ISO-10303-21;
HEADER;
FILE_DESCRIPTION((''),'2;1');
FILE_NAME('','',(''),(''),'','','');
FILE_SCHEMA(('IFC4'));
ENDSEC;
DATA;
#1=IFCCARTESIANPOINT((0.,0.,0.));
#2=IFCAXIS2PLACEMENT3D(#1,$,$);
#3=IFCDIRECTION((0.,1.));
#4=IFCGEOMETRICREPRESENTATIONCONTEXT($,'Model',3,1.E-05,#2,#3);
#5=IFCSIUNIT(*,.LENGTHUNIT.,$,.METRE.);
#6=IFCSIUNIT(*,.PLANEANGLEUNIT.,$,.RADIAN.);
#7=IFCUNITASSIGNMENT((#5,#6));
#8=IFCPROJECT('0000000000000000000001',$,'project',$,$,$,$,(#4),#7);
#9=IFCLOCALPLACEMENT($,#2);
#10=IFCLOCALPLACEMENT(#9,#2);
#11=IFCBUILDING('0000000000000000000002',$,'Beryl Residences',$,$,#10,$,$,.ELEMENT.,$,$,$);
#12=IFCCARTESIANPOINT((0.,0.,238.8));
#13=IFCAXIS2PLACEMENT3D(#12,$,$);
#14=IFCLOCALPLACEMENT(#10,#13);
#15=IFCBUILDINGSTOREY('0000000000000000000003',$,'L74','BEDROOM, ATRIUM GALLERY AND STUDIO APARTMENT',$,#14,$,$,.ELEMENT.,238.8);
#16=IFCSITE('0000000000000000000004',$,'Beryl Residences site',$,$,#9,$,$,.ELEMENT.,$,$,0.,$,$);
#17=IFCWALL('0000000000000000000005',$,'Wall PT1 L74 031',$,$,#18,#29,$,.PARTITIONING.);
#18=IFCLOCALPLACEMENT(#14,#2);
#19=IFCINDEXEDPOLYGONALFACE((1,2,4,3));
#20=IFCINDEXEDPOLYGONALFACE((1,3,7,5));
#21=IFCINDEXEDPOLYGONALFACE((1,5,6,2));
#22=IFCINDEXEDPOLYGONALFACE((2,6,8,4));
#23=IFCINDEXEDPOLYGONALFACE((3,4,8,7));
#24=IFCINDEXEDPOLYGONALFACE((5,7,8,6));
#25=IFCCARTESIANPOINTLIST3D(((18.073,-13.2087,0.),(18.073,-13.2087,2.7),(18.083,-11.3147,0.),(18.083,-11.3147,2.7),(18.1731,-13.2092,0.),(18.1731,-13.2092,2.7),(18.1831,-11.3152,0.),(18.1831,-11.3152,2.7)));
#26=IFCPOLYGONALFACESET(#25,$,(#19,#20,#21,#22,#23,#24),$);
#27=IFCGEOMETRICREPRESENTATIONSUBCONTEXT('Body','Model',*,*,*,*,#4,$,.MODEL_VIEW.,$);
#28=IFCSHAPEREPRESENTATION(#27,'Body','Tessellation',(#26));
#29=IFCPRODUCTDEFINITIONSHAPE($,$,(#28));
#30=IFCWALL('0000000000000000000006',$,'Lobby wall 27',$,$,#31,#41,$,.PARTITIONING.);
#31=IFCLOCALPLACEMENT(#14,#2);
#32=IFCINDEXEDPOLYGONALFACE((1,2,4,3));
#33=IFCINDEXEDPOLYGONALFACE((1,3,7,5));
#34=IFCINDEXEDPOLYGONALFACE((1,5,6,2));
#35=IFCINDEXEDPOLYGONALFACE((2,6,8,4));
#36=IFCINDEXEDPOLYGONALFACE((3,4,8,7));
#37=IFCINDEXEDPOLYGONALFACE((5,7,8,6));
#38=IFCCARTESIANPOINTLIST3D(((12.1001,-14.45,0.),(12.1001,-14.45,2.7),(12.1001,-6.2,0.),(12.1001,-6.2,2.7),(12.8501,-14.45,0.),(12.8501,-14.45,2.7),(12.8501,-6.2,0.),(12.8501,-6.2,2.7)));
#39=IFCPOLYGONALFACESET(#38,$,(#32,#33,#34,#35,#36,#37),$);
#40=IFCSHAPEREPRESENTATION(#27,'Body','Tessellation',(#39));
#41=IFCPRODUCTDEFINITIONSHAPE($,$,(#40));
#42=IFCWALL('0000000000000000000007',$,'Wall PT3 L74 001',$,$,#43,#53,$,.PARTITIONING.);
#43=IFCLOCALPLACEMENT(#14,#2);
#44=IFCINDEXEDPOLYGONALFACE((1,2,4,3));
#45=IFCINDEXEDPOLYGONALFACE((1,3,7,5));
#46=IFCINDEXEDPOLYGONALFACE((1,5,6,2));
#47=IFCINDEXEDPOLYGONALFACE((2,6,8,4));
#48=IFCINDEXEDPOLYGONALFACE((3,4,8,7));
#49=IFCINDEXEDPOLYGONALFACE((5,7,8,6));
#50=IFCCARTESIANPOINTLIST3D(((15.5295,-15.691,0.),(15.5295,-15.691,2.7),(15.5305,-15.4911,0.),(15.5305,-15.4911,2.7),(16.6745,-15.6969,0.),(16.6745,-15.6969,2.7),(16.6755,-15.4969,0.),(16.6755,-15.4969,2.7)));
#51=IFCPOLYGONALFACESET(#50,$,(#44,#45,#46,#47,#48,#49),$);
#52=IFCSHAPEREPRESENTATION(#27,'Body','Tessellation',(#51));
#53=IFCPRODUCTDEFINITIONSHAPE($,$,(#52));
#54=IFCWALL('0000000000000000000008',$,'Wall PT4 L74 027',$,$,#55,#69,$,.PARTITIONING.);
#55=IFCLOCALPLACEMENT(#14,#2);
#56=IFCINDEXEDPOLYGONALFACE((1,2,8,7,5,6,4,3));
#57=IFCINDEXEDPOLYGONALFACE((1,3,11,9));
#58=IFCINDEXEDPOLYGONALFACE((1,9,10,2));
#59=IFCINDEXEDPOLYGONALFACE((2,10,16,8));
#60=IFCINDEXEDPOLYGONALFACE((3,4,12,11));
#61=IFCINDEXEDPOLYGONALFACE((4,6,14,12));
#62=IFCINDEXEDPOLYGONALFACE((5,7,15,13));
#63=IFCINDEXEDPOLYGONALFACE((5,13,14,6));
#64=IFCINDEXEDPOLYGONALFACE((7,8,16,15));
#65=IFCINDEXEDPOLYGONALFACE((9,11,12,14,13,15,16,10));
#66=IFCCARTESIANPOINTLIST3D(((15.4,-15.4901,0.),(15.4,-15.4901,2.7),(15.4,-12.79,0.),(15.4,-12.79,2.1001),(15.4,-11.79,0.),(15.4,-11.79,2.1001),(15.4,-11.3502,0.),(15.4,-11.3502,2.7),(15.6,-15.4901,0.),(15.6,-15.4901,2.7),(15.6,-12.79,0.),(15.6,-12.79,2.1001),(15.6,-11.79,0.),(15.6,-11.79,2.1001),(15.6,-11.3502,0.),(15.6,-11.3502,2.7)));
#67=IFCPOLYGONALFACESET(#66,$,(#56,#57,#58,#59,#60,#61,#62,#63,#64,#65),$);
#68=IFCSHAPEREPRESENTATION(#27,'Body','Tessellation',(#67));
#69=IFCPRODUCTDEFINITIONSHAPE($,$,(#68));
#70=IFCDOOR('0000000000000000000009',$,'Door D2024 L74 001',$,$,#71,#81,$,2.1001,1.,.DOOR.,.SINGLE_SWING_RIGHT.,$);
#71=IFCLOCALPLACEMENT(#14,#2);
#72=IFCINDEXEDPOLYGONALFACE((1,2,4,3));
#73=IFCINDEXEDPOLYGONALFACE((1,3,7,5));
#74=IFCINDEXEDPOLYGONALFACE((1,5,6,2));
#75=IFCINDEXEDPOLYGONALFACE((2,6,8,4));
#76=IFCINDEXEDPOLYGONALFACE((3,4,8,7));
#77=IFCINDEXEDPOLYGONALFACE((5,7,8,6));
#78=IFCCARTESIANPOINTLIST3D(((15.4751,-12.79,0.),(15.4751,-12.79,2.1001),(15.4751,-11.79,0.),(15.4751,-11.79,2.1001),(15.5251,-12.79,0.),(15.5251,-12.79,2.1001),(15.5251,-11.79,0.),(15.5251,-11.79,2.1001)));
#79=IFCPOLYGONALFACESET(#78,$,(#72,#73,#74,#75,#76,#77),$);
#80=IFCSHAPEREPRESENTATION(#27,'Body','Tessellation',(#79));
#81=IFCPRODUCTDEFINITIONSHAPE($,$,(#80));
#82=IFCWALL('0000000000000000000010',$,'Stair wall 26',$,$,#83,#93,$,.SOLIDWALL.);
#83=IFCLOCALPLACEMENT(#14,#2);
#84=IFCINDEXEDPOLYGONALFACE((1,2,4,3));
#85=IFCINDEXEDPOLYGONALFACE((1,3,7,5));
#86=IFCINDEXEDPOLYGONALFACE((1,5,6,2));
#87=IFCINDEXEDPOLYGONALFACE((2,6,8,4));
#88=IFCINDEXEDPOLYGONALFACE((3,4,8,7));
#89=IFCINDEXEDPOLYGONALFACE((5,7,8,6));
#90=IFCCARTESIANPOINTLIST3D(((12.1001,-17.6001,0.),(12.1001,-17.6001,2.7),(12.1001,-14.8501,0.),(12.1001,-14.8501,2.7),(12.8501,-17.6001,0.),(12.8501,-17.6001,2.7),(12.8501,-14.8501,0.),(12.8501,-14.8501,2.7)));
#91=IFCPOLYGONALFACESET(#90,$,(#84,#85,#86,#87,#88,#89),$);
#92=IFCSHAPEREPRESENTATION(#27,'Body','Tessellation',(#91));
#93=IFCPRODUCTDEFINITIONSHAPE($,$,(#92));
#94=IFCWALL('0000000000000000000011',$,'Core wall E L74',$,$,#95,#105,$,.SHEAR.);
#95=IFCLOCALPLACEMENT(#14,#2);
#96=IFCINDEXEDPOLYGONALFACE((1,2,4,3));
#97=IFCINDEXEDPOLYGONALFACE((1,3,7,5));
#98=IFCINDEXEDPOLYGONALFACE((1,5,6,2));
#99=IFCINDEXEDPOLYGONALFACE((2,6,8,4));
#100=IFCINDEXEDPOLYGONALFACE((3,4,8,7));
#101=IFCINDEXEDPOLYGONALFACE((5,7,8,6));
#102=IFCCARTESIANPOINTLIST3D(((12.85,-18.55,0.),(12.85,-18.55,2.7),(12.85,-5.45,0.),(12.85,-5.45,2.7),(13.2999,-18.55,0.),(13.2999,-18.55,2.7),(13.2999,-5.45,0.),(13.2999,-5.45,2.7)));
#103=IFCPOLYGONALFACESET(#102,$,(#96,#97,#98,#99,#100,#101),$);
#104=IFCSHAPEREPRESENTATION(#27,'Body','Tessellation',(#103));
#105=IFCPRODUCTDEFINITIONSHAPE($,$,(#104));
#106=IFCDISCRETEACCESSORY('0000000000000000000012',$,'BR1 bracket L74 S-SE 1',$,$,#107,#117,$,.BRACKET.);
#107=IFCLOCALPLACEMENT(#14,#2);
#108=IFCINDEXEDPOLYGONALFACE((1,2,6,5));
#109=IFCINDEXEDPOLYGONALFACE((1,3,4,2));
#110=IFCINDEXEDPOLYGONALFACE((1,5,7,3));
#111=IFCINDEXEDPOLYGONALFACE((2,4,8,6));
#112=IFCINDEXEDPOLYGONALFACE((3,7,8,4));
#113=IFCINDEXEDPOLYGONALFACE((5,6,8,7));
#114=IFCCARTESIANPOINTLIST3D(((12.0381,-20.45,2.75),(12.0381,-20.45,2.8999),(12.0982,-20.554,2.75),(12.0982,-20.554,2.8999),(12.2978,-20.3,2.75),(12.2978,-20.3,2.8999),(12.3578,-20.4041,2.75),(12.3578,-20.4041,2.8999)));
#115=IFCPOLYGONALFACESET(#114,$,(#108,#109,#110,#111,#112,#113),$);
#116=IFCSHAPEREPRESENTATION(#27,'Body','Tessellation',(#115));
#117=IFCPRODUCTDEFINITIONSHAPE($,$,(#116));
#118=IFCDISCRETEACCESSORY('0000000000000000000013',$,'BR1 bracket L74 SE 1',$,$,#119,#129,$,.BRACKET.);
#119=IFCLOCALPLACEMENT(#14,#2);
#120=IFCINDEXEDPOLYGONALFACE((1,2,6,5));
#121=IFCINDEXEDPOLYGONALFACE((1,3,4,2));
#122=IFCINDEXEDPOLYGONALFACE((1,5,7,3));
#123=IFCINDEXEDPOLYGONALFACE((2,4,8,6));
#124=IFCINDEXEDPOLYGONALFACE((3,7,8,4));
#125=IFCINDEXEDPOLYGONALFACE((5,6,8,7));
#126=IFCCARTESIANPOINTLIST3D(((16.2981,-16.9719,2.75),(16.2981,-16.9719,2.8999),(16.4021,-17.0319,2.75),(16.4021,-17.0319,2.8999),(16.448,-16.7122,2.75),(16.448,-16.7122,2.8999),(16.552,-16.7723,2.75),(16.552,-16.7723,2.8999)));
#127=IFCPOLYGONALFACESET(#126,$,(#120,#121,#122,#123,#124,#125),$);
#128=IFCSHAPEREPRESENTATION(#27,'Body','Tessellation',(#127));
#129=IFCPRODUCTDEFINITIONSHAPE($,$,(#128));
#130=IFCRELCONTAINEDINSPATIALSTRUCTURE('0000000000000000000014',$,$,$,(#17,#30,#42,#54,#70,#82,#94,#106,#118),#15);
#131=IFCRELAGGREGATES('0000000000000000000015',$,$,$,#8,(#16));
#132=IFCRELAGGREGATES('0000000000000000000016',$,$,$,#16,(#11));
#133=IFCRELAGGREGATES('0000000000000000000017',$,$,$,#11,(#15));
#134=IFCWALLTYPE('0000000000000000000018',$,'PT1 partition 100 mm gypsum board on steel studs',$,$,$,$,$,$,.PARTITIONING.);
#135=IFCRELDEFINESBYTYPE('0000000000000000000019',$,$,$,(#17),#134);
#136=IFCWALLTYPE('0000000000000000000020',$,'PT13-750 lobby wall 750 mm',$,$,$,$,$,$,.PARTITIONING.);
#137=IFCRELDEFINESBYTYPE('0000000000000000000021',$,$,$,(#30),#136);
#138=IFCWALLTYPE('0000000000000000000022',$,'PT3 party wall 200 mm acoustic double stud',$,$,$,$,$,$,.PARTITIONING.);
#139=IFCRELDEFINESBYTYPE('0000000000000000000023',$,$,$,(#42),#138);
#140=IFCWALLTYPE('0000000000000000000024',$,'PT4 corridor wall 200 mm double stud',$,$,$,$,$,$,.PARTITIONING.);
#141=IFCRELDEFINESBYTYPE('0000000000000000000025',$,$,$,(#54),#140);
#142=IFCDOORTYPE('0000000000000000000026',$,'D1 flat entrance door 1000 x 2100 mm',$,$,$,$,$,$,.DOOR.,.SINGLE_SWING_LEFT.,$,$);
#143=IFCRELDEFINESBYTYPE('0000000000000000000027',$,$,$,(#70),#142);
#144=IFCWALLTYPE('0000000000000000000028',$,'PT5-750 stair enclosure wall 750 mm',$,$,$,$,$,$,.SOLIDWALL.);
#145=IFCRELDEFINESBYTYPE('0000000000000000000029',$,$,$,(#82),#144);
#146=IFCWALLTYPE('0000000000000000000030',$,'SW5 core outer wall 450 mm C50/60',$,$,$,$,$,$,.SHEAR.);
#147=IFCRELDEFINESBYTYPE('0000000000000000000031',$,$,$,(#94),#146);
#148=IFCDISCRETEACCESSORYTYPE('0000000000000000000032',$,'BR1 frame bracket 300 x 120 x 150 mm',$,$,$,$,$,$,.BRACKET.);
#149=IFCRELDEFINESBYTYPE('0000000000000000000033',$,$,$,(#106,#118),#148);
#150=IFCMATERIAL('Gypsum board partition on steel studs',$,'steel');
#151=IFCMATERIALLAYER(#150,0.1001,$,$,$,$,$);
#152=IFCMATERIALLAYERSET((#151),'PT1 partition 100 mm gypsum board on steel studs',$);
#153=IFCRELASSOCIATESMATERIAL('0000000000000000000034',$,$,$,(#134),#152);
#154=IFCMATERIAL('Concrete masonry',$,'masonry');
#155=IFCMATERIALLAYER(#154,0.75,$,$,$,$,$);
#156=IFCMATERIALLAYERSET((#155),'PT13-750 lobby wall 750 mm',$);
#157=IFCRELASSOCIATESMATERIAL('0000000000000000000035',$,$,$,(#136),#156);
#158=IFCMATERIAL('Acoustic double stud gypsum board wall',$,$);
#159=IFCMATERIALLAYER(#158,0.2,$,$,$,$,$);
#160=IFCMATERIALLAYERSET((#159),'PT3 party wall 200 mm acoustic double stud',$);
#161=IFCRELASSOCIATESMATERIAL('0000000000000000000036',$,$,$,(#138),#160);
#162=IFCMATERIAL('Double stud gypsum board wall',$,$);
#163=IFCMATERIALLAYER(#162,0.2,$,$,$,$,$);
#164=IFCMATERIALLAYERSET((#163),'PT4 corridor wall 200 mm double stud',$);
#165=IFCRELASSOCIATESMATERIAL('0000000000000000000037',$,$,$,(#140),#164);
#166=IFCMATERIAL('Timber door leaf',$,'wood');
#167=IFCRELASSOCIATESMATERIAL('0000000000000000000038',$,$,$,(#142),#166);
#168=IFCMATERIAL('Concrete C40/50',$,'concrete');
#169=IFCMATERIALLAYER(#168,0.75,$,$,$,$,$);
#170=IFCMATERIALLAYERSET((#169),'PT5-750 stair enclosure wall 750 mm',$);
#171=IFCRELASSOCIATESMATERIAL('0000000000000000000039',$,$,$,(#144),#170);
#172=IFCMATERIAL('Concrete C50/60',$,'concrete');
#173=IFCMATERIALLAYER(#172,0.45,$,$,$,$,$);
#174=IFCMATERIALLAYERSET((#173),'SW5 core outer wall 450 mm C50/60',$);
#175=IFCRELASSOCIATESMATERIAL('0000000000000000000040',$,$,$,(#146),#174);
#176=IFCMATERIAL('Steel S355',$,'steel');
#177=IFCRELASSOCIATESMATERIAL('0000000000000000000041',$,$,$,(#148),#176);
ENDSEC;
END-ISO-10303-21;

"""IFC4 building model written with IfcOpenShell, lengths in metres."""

from ifc_helpers import new_model, si_unit, direction, frame, frame_2d, origin, place, context, subcontext, project, spatial, polyline, rectangle, outline, extrude, source, transform, mapped, material, layer, layer_set, type_object, type_shapes, element, fill, save


model = new_model("IFC4")

# Units and contexts
model_context = context("Model", 3, precision=1e-05, world=origin(), true_north=direction((0.0, 1.0)))
body_context = subcontext(model_context, "Body", "Model", "MODEL_VIEW")
ifc_project = project(units=[si_unit("LENGTHUNIT", "METRE"), si_unit("PLANEANGLEUNIT", "RADIAN")], contexts=[model_context])

# Site, building, storey
site_placement = place(None, origin())
site = spatial("IfcSite", under=ifc_project, at=site_placement, Name="Beryl Residences site", CompositionType="ELEMENT", RefElevation=0.0)
building_placement = place(site_placement, origin())
building = spatial("IfcBuilding", under=site, at=building_placement, Name="Beryl Residences", CompositionType="ELEMENT")
storey_placement = place(building_placement, frame((0.0, 0.0, 238.8)))
storey = spatial("IfcBuildingStorey", under=building, at=storey_placement, Name="L74", Description="BEDROOM, ATRIUM GALLERY AND STUDIO APARTMENT", CompositionType="ELEMENT", Elevation=238.8)

# Shared definitions
ifc_material_1 = material(Name="Gypsum board partition on steel studs", Category="steel")
ifc_layer_1 = layer(ifc_material_1, 0.1001)
ifc_layer_set_1 = layer_set([ifc_layer_1], Name="PT1 partition 100 mm gypsum board on steel studs")
wall_type_1 = type_object("IfcWallType", Name="PT1 partition 100 mm gypsum board on steel studs", PredefinedType="PARTITIONING", material=ifc_layer_set_1)

# Walls
wall_1_placement = place(storey_placement, frame((18.123, -13.209, 0.0), z_axis=(0.0, 0.0, 1.0), x_axis=(0.005285, 0.999986, 0.0)))
element("IfcWall", 1, at=wall_1_placement, inside=storey, type_object=wall_type_1, Name="Wall PT1 L74 031", PredefinedType="PARTITIONING", context=body_context, shape_type="SweptSolid", body=[
    extrude(rectangle(XDim=1.894, YDim=0.1001, at=frame_2d((0.947, 0.0))), origin(), (0.0, 0.0, 1.0), 2.7),
])
ifc_material_2 = material(Name="Concrete masonry", Category="masonry")
ifc_layer_2 = layer(ifc_material_2, 0.75)
ifc_layer_set_2 = layer_set([ifc_layer_2], Name="PT13-750 lobby wall 750 mm")
wall_type_2 = type_object("IfcWallType", Name="PT13-750 lobby wall 750 mm", PredefinedType="PARTITIONING", material=ifc_layer_set_2)
wall_2_placement = place(storey_placement, frame((12.4751, -14.45, 0.0), z_axis=(0.0, 0.0, 1.0), x_axis=(0.0, 1.0, 0.0)))
element("IfcWall", 2, at=wall_2_placement, inside=storey, type_object=wall_type_2, Name="Lobby wall 27", PredefinedType="PARTITIONING", context=body_context, shape_type="SweptSolid", body=[
    extrude(rectangle(XDim=8.25, YDim=0.75, at=frame_2d((4.125, 0.0))), origin(), (0.0, 0.0, 1.0), 2.7),
])
ifc_material_3 = material(Name="Acoustic double stud gypsum board wall")
ifc_layer_3 = layer(ifc_material_3, 0.2)
ifc_layer_set_3 = layer_set([ifc_layer_3], Name="PT3 party wall 200 mm acoustic double stud")
wall_type_3 = type_object("IfcWallType", Name="PT3 party wall 200 mm acoustic double stud", PredefinedType="PARTITIONING", material=ifc_layer_set_3)
wall_3_placement = place(storey_placement, frame((15.53, -15.5911, 0.0), z_axis=(0.0, 0.0, 1.0), x_axis=(0.999987, -0.005117, 0.0)))
element("IfcWall", 3, at=wall_3_placement, inside=storey, type_object=wall_type_3, Name="Wall PT3 L74 001", PredefinedType="PARTITIONING", context=body_context, shape_type="SweptSolid", body=[
    extrude(rectangle(XDim=1.145, YDim=0.2, at=frame_2d((0.5725, 0.0))), origin(), (0.0, 0.0, 1.0), 2.7),
])

# Wall, opening, door
ifc_material_4 = material(Name="Double stud gypsum board wall")
ifc_layer_4 = layer(ifc_material_4, 0.2)
ifc_layer_set_4 = layer_set([ifc_layer_4], Name="PT4 corridor wall 200 mm double stud")
wall_type_4 = type_object("IfcWallType", Name="PT4 corridor wall 200 mm double stud", PredefinedType="PARTITIONING", material=ifc_layer_set_4)
wall_4_placement = place(storey_placement, frame((15.5, -15.49, 0.0), z_axis=(0.0, 0.0, 1.0), x_axis=(0.0, 1.0, 0.0)))
wall_4 = element("IfcWall", 4, at=wall_4_placement, inside=storey, type_object=wall_type_4, Name="Wall PT4 L74 027", PredefinedType="PARTITIONING", context=body_context, shape_type="SweptSolid", body=[
    extrude(rectangle(XDim=4.1399, YDim=0.2, at=frame_2d((2.0698, 0.0))), origin(), (0.0, 0.0, 1.0), 2.7),
])
opening_1_placement = place(wall_4_placement, frame((2.7, 0.0, 0.0)))
opening_1 = element("IfcOpeningElement", 5, at=opening_1_placement, cuts=wall_4, PredefinedType="OPENING", context=body_context, shape_type="SweptSolid", body=[
    extrude(rectangle(XDim=1.0, YDim=2.1001, at=frame_2d((0.5, 1.05))), frame((0.0, 0.1099, 0.0), z_axis=(0.0, -1.0, 0.0), x_axis=(1.0, 0.0, 0.0)), (0.0, 0.0, 1.0), 0.22),
])
ifc_material_5 = material(Name="Timber door leaf", Category="wood")
door_type_1 = type_object("IfcDoorType", Name="D1 flat entrance door 1000 x 2100 mm", OperationType="SINGLE_SWING_LEFT", PredefinedType="DOOR", material=ifc_material_5)
door_1_placement = place(opening_1_placement, origin())
door_1 = element("IfcDoor", 6, at=door_1_placement, inside=storey, type_object=door_type_1, Name="Door D2024 L74 001", OperationType="SINGLE_SWING_RIGHT", OverallHeight=2.1001, OverallWidth=1.0, PredefinedType="DOOR", context=body_context, shape_type="SweptSolid", body=[
    extrude(rectangle(XDim=1.0, YDim=2.1001, at=frame_2d((0.5, 1.05))), frame((0.0, 0.0249, 0.0), z_axis=(0.0, -1.0, 0.0), x_axis=(1.0, 0.0, 0.0)), (0.0, 0.0, 1.0), 0.05),
])
fill(opening_1, door_1)

# Walls
ifc_material_6 = material(Name="Concrete C40/50", Category="concrete")
ifc_layer_5 = layer(ifc_material_6, 0.75)
ifc_layer_set_5 = layer_set([ifc_layer_5], Name="PT5-750 stair enclosure wall 750 mm")
wall_type_5 = type_object("IfcWallType", Name="PT5-750 stair enclosure wall 750 mm", PredefinedType="SOLIDWALL", material=ifc_layer_set_5)
wall_5_placement = place(storey_placement, frame((12.4751, -17.6001, 0.0), z_axis=(0.0, 0.0, 1.0), x_axis=(0.0, 1.0, 0.0)))
element("IfcWall", 7, at=wall_5_placement, inside=storey, type_object=wall_type_5, Name="Stair wall 26", PredefinedType="SOLIDWALL", context=body_context, shape_type="SweptSolid", body=[
    extrude(rectangle(XDim=2.75, YDim=0.75, at=frame_2d((1.375, 0.0))), origin(), (0.0, 0.0, 1.0), 2.7),
])
ifc_material_7 = material(Name="Concrete C50/60", Category="concrete")
ifc_layer_6 = layer(ifc_material_7, 0.45)
ifc_layer_set_6 = layer_set([ifc_layer_6], Name="SW5 core outer wall 450 mm C50/60")
wall_type_6 = type_object("IfcWallType", Name="SW5 core outer wall 450 mm C50/60", PredefinedType="SHEAR", material=ifc_layer_set_6)
wall_6_placement = place(storey_placement, frame((13.075, -18.55, 0.0), z_axis=(0.0, 0.0, 1.0), x_axis=(0.0, 1.0, 0.0)))
element("IfcWall", 8, at=wall_6_placement, inside=storey, type_object=wall_type_6, Name="Core wall E L74", PredefinedType="SHEAR", context=body_context, shape_type="SweptSolid", body=[
    extrude(rectangle(XDim=13.1001, YDim=0.45, at=frame_2d((6.55, 0.0))), origin(), (0.0, 0.0, 1.0), 2.7),
])

# Discrete accessories
ifc_material_8 = material(Name="Steel S355", Category="steel")
discrete_accessory_type = type_object("IfcDiscreteAccessoryType", Name="BR1 frame bracket 300 x 120 x 150 mm", PredefinedType="BRACKET", material=ifc_material_8)
shared_shape_1 = source(origin(), body_context, "Body", "SweptSolid", [
    extrude(outline(polyline([(-0.1499, 0.0), (0.1499, 0.0), (0.1499, 0.1201), (-0.1499, 0.1201), (-0.1499, 0.0)])), origin(), (0.0, 0.0, 1.0), 0.1499),
])
type_shapes(discrete_accessory_type, [shared_shape_1])
for number, where, z_axis, x_axis, name in (
    (9, (12.168, -20.375, 2.75), (0.0, 0.0, 1.0), (-0.866025, -0.5, 0.0), "BR1 bracket L74 S-SE 1"),
    (10, (16.373, -16.842, 2.75), (0.0, 0.0, 1.0), (-0.5, -0.866025, 0.0), "BR1 bracket L74 SE 1"),
):
    element("IfcDiscreteAccessory", number, at=place(storey_placement, frame(where, z_axis=z_axis, x_axis=x_axis)), inside=storey, type_object=discrete_accessory_type, Name=name, PredefinedType="BRACKET", context=body_context, shape_type="MappedRepresentation", body=[
        mapped(shared_shape_1, transform((0.0, 0.0, 0.0))),
    ])

save(model, "model.ifc")
